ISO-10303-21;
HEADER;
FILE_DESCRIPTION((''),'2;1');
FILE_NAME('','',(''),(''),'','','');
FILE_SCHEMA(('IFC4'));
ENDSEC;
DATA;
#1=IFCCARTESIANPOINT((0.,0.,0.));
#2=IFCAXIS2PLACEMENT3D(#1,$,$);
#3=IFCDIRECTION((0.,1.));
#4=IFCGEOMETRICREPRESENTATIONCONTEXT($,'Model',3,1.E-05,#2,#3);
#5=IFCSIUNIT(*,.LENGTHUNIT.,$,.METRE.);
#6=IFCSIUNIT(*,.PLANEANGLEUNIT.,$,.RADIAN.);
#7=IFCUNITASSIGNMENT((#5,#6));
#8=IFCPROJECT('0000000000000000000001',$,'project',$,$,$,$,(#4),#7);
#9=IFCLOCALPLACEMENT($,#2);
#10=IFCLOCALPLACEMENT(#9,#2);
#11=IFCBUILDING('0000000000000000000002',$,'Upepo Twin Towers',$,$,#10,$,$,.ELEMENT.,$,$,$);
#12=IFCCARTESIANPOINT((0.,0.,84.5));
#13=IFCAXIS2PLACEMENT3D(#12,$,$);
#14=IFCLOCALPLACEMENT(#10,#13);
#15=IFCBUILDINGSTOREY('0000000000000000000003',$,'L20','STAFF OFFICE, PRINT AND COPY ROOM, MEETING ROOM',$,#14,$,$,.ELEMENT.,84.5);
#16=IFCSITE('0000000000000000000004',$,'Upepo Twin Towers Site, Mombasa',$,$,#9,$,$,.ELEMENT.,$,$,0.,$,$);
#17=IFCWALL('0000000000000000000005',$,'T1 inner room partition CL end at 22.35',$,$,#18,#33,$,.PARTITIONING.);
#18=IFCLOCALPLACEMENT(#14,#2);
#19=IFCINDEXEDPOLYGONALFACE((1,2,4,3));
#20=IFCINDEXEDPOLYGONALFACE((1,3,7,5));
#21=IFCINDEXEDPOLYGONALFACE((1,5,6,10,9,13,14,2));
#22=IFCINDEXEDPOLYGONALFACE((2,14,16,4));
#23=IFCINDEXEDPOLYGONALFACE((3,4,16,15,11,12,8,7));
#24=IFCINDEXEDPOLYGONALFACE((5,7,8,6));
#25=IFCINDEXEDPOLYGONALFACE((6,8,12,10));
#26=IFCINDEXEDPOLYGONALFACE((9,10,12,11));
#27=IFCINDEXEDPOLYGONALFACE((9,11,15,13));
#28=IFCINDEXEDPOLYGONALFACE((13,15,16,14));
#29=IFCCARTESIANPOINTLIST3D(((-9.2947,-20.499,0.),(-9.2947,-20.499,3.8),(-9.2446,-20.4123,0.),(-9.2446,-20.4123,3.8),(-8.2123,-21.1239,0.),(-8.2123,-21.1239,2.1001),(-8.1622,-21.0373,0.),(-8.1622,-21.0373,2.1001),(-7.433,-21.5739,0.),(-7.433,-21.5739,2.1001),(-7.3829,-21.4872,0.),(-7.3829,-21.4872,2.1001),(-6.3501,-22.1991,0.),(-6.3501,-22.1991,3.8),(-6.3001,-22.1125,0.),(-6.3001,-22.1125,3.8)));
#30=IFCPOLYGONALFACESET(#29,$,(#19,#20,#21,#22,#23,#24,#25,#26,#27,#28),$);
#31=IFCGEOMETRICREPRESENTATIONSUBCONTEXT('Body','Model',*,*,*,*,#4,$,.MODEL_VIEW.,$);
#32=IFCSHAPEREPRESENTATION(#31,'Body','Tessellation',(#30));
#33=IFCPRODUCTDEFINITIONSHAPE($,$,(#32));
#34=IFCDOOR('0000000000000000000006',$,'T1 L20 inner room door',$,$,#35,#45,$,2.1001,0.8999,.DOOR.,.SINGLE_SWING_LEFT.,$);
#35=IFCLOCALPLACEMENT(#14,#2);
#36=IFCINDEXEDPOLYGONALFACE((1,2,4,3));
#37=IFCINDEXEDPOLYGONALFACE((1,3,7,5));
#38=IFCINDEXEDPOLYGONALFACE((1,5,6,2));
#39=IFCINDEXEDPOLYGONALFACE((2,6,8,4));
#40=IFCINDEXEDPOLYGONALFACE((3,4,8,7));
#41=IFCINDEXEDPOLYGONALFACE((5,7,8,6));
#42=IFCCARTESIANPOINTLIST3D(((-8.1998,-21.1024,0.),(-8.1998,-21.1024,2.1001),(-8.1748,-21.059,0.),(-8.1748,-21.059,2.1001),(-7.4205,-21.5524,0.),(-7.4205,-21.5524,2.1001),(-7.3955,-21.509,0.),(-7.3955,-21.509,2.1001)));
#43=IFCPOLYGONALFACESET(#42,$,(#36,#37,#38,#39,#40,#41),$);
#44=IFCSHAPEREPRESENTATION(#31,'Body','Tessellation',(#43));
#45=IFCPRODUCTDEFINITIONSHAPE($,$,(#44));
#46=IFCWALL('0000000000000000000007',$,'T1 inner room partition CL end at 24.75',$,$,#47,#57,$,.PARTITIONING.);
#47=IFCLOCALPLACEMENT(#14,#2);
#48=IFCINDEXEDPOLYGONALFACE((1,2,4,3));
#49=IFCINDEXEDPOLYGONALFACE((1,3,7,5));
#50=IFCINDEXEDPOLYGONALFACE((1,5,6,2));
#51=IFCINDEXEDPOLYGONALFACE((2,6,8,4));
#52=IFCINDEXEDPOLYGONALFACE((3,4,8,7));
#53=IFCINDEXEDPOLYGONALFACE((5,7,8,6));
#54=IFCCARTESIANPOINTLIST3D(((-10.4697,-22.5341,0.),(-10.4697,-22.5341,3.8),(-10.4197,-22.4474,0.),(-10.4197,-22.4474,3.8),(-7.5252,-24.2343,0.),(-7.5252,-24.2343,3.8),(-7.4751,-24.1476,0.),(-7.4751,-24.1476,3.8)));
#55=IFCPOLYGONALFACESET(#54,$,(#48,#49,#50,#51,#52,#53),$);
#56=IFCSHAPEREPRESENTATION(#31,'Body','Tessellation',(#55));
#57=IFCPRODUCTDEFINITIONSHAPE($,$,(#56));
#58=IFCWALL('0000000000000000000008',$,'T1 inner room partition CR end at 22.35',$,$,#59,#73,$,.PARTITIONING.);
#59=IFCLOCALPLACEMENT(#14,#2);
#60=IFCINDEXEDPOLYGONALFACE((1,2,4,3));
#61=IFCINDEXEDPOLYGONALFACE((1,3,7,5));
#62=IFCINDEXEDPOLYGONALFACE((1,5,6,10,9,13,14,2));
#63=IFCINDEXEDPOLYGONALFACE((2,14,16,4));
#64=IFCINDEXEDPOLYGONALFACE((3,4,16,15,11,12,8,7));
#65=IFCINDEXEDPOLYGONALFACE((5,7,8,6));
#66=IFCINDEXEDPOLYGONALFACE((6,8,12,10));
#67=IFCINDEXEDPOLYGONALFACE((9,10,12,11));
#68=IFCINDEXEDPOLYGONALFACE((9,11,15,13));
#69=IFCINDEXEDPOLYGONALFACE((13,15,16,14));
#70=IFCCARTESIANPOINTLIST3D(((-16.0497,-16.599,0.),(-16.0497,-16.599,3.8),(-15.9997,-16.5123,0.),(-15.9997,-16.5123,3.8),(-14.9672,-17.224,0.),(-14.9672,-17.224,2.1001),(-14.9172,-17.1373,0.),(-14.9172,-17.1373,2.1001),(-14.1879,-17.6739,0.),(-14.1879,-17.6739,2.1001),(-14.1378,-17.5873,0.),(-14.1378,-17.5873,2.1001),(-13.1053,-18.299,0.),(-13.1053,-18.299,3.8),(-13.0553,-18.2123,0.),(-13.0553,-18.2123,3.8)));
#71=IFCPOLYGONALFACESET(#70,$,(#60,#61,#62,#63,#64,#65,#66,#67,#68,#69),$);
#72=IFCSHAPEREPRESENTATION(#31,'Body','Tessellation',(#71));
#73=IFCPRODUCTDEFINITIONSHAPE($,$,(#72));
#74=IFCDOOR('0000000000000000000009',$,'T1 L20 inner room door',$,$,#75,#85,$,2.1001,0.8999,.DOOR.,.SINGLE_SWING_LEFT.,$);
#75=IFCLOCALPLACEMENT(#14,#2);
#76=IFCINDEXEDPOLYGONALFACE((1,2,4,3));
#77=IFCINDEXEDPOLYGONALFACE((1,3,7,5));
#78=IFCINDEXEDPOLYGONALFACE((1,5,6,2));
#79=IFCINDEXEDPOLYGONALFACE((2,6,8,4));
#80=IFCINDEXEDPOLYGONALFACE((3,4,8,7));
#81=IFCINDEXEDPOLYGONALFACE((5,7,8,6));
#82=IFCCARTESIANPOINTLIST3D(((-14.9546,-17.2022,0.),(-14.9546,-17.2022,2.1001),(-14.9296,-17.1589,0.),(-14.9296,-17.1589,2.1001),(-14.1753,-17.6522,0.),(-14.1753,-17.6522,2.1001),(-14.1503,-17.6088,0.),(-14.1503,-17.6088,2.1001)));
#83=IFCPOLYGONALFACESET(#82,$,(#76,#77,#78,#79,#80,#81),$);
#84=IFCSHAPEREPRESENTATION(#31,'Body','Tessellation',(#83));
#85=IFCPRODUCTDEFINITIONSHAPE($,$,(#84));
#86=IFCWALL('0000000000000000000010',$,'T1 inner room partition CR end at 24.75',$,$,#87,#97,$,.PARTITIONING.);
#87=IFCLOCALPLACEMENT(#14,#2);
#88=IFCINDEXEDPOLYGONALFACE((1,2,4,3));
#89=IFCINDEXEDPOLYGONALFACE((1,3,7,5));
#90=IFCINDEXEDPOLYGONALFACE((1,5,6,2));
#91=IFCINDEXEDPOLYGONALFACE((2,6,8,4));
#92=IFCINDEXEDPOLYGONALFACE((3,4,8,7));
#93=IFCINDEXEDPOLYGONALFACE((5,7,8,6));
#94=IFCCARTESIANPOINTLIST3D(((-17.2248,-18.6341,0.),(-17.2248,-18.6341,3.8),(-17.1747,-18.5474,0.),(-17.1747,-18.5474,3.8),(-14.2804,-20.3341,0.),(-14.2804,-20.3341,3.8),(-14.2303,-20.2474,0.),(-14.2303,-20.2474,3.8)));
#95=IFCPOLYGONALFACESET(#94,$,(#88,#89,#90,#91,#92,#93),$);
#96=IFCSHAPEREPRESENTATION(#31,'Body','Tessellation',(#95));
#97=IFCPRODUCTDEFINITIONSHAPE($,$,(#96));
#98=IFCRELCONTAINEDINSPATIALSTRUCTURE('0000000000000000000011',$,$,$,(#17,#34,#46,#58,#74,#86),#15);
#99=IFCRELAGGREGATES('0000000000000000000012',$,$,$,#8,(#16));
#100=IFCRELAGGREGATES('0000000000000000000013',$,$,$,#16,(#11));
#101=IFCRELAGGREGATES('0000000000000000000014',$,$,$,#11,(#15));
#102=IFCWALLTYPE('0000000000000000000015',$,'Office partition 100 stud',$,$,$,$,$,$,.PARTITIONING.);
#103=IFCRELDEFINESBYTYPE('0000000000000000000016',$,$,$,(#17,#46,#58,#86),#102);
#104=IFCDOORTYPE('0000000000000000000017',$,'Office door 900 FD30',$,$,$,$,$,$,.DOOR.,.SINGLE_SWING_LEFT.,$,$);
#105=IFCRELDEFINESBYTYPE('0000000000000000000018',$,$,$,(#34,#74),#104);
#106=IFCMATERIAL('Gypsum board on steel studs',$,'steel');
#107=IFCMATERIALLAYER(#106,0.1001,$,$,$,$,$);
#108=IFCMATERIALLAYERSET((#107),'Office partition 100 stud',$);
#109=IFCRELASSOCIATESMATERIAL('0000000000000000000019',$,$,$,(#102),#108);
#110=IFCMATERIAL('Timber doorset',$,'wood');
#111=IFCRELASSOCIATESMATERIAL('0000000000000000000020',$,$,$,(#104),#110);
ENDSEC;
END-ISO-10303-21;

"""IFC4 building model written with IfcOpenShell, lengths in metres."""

from ifc_helpers import new_model, si_unit, direction, frame, frame_2d, origin, place, context, subcontext, project, spatial, rectangle, extrude, material, layer, layer_set, type_object, element, fill, save


model = new_model("IFC4")

# Units and contexts
model_context = context("Model", 3, precision=1e-05, world=origin(), true_north=direction((0.0, 1.0)))
body_context = subcontext(model_context, "Body", "Model", "MODEL_VIEW")
ifc_project = project(units=[si_unit("LENGTHUNIT", "METRE"), si_unit("PLANEANGLEUNIT", "RADIAN")], contexts=[model_context])

# Site, building, storey
site_placement = place(None, origin())
site = spatial("IfcSite", under=ifc_project, at=site_placement, Name="Upepo Twin Towers Site, Mombasa", CompositionType="ELEMENT", RefElevation=0.0)
building_placement = place(site_placement, origin())
building = spatial("IfcBuilding", under=site, at=building_placement, Name="Upepo Twin Towers", CompositionType="ELEMENT")
storey_placement = place(building_placement, frame((0.0, 0.0, 84.5)))
storey = spatial("IfcBuildingStorey", under=building, at=storey_placement, Name="L20", Description="STAFF OFFICE, PRINT AND COPY ROOM, MEETING ROOM", CompositionType="ELEMENT", Elevation=84.5)

# Shared definitions
ifc_material_1 = material(Name="Gypsum board on steel studs", Category="steel")
ifc_layer_1 = layer(ifc_material_1, 0.1001)
ifc_layer_set_1 = layer_set([ifc_layer_1], Name="Office partition 100 stud")
wall_type_1 = type_object("IfcWallType", Name="Office partition 100 stud", PredefinedType="PARTITIONING", material=ifc_layer_set_1)

# Wall, opening, door
wall_1_placement = place(storey_placement, frame((-9.2698, -20.4556, 0.0), z_axis=(0.0, 0.0, 1.0), x_axis=(0.866007, -0.500031, 0.0)))
wall_1 = element("IfcWall", 1, at=wall_1_placement, inside=storey, type_object=wall_type_1, Name="T1 inner room partition CL end at 22.35", PredefinedType="PARTITIONING", context=body_context, shape_type="SweptSolid", body=[
    extrude(rectangle(XDim=3.4001, YDim=0.1001, at=frame_2d((1.7002, 0.0))), origin(), (0.0, 0.0, 1.0), 3.8),
])
opening_1_placement = place(wall_1_placement, frame((1.25, 0.0, 0.0)))
opening_1 = element("IfcOpeningElement", 2, at=opening_1_placement, cuts=wall_1, PredefinedType="OPENING", context=body_context, shape_type="SweptSolid", body=[
    extrude(rectangle(XDim=0.8999, YDim=2.1001, at=frame_2d((0.45, 1.05))), frame((0.0, 0.0601, 0.0), z_axis=(0.0, -1.0, 0.0), x_axis=(1.0, 0.0, 0.0)), (0.0, 0.0, 1.0), 0.1201),
])
ifc_material_2 = material(Name="Timber doorset", Category="wood")
door_type = type_object("IfcDoorType", Name="Office door 900 FD30", OperationType="SINGLE_SWING_LEFT", PredefinedType="DOOR", material=ifc_material_2)
door_1_placement = place(opening_1_placement, origin())
door_1 = element("IfcDoor", 3, at=door_1_placement, inside=storey, type_object=door_type, Name="T1 L20 inner room door", OperationType="SINGLE_SWING_LEFT", OverallHeight=2.1001, OverallWidth=0.8999, PredefinedType="DOOR", context=body_context, shape_type="SweptSolid", body=[
    extrude(rectangle(XDim=0.8999, YDim=2.1001, at=frame_2d((0.45, 1.05))), frame((0.0, 0.0249, 0.0), z_axis=(0.0, -1.0, 0.0), x_axis=(1.0, 0.0, 0.0)), (0.0, 0.0, 1.0), 0.05),
])
fill(opening_1, door_1)

# Wall
wall_2_placement = place(storey_placement, frame((-10.4448, -22.4907, 0.0), z_axis=(0.0, 0.0, 1.0), x_axis=(0.866007, -0.500031, 0.0)))
element("IfcWall", 4, at=wall_2_placement, inside=storey, type_object=wall_type_1, Name="T1 inner room partition CL end at 24.75", PredefinedType="PARTITIONING", context=body_context, shape_type="SweptSolid", body=[
    extrude(rectangle(XDim=3.4001, YDim=0.1001, at=frame_2d((1.7002, 0.0))), origin(), (0.0, 0.0, 1.0), 3.8),
])

# Wall, opening, door
wall_3_placement = place(storey_placement, frame((-13.0803, -18.2556, 0.0), z_axis=(0.0, 0.0, 1.0), x_axis=(-0.866021, 0.500008, 0.0)))
wall_3 = element("IfcWall", 5, at=wall_3_placement, inside=storey, type_object=wall_type_1, Name="T1 inner room partition CR end at 22.35", PredefinedType="PARTITIONING", context=body_context, shape_type="SweptSolid", body=[
    extrude(rectangle(XDim=3.3999, YDim=0.1001, at=frame_2d((1.7, 0.0))), origin(), (0.0, 0.0, 1.0), 3.8),
])
opening_2_placement = place(wall_3_placement, frame((1.25, 0.0, 0.0)))
opening_2 = element("IfcOpeningElement", 6, at=opening_2_placement, cuts=wall_3, PredefinedType="OPENING", context=body_context, shape_type="SweptSolid", body=[
    extrude(rectangle(XDim=0.8999, YDim=2.1001, at=frame_2d((0.45, 1.05))), frame((0.0, 0.0601, 0.0), z_axis=(0.0, -1.0, 0.0), x_axis=(1.0, 0.0, 0.0)), (0.0, 0.0, 1.0), 0.1201),
])
door_2_placement = place(opening_2_placement, origin())
door_2 = element("IfcDoor", 7, at=door_2_placement, inside=storey, type_object=door_type, Name="T1 L20 inner room door", OperationType="SINGLE_SWING_LEFT", OverallHeight=2.1001, OverallWidth=0.8999, PredefinedType="DOOR", context=body_context, shape_type="SweptSolid", body=[
    extrude(rectangle(XDim=0.8999, YDim=2.1001, at=frame_2d((0.45, 1.05))), frame((0.0, 0.0249, 0.0), z_axis=(0.0, -1.0, 0.0), x_axis=(1.0, 0.0, 0.0)), (0.0, 0.0, 1.0), 0.05),
])
fill(opening_2, door_2)

# Wall
wall_4_placement = place(storey_placement, frame((-14.2554, -20.2908, 0.0), z_axis=(0.0, 0.0, 1.0), x_axis=(-0.866021, 0.500008, 0.0)))
element("IfcWall", 8, at=wall_4_placement, inside=storey, type_object=wall_type_1, Name="T1 inner room partition CR end at 24.75", PredefinedType="PARTITIONING", context=body_context, shape_type="SweptSolid", body=[
    extrude(rectangle(XDim=3.3999, YDim=0.1001, at=frame_2d((1.7, 0.0))), origin(), (0.0, 0.0, 1.0), 3.8),
])

save(model, "model.ifc")
